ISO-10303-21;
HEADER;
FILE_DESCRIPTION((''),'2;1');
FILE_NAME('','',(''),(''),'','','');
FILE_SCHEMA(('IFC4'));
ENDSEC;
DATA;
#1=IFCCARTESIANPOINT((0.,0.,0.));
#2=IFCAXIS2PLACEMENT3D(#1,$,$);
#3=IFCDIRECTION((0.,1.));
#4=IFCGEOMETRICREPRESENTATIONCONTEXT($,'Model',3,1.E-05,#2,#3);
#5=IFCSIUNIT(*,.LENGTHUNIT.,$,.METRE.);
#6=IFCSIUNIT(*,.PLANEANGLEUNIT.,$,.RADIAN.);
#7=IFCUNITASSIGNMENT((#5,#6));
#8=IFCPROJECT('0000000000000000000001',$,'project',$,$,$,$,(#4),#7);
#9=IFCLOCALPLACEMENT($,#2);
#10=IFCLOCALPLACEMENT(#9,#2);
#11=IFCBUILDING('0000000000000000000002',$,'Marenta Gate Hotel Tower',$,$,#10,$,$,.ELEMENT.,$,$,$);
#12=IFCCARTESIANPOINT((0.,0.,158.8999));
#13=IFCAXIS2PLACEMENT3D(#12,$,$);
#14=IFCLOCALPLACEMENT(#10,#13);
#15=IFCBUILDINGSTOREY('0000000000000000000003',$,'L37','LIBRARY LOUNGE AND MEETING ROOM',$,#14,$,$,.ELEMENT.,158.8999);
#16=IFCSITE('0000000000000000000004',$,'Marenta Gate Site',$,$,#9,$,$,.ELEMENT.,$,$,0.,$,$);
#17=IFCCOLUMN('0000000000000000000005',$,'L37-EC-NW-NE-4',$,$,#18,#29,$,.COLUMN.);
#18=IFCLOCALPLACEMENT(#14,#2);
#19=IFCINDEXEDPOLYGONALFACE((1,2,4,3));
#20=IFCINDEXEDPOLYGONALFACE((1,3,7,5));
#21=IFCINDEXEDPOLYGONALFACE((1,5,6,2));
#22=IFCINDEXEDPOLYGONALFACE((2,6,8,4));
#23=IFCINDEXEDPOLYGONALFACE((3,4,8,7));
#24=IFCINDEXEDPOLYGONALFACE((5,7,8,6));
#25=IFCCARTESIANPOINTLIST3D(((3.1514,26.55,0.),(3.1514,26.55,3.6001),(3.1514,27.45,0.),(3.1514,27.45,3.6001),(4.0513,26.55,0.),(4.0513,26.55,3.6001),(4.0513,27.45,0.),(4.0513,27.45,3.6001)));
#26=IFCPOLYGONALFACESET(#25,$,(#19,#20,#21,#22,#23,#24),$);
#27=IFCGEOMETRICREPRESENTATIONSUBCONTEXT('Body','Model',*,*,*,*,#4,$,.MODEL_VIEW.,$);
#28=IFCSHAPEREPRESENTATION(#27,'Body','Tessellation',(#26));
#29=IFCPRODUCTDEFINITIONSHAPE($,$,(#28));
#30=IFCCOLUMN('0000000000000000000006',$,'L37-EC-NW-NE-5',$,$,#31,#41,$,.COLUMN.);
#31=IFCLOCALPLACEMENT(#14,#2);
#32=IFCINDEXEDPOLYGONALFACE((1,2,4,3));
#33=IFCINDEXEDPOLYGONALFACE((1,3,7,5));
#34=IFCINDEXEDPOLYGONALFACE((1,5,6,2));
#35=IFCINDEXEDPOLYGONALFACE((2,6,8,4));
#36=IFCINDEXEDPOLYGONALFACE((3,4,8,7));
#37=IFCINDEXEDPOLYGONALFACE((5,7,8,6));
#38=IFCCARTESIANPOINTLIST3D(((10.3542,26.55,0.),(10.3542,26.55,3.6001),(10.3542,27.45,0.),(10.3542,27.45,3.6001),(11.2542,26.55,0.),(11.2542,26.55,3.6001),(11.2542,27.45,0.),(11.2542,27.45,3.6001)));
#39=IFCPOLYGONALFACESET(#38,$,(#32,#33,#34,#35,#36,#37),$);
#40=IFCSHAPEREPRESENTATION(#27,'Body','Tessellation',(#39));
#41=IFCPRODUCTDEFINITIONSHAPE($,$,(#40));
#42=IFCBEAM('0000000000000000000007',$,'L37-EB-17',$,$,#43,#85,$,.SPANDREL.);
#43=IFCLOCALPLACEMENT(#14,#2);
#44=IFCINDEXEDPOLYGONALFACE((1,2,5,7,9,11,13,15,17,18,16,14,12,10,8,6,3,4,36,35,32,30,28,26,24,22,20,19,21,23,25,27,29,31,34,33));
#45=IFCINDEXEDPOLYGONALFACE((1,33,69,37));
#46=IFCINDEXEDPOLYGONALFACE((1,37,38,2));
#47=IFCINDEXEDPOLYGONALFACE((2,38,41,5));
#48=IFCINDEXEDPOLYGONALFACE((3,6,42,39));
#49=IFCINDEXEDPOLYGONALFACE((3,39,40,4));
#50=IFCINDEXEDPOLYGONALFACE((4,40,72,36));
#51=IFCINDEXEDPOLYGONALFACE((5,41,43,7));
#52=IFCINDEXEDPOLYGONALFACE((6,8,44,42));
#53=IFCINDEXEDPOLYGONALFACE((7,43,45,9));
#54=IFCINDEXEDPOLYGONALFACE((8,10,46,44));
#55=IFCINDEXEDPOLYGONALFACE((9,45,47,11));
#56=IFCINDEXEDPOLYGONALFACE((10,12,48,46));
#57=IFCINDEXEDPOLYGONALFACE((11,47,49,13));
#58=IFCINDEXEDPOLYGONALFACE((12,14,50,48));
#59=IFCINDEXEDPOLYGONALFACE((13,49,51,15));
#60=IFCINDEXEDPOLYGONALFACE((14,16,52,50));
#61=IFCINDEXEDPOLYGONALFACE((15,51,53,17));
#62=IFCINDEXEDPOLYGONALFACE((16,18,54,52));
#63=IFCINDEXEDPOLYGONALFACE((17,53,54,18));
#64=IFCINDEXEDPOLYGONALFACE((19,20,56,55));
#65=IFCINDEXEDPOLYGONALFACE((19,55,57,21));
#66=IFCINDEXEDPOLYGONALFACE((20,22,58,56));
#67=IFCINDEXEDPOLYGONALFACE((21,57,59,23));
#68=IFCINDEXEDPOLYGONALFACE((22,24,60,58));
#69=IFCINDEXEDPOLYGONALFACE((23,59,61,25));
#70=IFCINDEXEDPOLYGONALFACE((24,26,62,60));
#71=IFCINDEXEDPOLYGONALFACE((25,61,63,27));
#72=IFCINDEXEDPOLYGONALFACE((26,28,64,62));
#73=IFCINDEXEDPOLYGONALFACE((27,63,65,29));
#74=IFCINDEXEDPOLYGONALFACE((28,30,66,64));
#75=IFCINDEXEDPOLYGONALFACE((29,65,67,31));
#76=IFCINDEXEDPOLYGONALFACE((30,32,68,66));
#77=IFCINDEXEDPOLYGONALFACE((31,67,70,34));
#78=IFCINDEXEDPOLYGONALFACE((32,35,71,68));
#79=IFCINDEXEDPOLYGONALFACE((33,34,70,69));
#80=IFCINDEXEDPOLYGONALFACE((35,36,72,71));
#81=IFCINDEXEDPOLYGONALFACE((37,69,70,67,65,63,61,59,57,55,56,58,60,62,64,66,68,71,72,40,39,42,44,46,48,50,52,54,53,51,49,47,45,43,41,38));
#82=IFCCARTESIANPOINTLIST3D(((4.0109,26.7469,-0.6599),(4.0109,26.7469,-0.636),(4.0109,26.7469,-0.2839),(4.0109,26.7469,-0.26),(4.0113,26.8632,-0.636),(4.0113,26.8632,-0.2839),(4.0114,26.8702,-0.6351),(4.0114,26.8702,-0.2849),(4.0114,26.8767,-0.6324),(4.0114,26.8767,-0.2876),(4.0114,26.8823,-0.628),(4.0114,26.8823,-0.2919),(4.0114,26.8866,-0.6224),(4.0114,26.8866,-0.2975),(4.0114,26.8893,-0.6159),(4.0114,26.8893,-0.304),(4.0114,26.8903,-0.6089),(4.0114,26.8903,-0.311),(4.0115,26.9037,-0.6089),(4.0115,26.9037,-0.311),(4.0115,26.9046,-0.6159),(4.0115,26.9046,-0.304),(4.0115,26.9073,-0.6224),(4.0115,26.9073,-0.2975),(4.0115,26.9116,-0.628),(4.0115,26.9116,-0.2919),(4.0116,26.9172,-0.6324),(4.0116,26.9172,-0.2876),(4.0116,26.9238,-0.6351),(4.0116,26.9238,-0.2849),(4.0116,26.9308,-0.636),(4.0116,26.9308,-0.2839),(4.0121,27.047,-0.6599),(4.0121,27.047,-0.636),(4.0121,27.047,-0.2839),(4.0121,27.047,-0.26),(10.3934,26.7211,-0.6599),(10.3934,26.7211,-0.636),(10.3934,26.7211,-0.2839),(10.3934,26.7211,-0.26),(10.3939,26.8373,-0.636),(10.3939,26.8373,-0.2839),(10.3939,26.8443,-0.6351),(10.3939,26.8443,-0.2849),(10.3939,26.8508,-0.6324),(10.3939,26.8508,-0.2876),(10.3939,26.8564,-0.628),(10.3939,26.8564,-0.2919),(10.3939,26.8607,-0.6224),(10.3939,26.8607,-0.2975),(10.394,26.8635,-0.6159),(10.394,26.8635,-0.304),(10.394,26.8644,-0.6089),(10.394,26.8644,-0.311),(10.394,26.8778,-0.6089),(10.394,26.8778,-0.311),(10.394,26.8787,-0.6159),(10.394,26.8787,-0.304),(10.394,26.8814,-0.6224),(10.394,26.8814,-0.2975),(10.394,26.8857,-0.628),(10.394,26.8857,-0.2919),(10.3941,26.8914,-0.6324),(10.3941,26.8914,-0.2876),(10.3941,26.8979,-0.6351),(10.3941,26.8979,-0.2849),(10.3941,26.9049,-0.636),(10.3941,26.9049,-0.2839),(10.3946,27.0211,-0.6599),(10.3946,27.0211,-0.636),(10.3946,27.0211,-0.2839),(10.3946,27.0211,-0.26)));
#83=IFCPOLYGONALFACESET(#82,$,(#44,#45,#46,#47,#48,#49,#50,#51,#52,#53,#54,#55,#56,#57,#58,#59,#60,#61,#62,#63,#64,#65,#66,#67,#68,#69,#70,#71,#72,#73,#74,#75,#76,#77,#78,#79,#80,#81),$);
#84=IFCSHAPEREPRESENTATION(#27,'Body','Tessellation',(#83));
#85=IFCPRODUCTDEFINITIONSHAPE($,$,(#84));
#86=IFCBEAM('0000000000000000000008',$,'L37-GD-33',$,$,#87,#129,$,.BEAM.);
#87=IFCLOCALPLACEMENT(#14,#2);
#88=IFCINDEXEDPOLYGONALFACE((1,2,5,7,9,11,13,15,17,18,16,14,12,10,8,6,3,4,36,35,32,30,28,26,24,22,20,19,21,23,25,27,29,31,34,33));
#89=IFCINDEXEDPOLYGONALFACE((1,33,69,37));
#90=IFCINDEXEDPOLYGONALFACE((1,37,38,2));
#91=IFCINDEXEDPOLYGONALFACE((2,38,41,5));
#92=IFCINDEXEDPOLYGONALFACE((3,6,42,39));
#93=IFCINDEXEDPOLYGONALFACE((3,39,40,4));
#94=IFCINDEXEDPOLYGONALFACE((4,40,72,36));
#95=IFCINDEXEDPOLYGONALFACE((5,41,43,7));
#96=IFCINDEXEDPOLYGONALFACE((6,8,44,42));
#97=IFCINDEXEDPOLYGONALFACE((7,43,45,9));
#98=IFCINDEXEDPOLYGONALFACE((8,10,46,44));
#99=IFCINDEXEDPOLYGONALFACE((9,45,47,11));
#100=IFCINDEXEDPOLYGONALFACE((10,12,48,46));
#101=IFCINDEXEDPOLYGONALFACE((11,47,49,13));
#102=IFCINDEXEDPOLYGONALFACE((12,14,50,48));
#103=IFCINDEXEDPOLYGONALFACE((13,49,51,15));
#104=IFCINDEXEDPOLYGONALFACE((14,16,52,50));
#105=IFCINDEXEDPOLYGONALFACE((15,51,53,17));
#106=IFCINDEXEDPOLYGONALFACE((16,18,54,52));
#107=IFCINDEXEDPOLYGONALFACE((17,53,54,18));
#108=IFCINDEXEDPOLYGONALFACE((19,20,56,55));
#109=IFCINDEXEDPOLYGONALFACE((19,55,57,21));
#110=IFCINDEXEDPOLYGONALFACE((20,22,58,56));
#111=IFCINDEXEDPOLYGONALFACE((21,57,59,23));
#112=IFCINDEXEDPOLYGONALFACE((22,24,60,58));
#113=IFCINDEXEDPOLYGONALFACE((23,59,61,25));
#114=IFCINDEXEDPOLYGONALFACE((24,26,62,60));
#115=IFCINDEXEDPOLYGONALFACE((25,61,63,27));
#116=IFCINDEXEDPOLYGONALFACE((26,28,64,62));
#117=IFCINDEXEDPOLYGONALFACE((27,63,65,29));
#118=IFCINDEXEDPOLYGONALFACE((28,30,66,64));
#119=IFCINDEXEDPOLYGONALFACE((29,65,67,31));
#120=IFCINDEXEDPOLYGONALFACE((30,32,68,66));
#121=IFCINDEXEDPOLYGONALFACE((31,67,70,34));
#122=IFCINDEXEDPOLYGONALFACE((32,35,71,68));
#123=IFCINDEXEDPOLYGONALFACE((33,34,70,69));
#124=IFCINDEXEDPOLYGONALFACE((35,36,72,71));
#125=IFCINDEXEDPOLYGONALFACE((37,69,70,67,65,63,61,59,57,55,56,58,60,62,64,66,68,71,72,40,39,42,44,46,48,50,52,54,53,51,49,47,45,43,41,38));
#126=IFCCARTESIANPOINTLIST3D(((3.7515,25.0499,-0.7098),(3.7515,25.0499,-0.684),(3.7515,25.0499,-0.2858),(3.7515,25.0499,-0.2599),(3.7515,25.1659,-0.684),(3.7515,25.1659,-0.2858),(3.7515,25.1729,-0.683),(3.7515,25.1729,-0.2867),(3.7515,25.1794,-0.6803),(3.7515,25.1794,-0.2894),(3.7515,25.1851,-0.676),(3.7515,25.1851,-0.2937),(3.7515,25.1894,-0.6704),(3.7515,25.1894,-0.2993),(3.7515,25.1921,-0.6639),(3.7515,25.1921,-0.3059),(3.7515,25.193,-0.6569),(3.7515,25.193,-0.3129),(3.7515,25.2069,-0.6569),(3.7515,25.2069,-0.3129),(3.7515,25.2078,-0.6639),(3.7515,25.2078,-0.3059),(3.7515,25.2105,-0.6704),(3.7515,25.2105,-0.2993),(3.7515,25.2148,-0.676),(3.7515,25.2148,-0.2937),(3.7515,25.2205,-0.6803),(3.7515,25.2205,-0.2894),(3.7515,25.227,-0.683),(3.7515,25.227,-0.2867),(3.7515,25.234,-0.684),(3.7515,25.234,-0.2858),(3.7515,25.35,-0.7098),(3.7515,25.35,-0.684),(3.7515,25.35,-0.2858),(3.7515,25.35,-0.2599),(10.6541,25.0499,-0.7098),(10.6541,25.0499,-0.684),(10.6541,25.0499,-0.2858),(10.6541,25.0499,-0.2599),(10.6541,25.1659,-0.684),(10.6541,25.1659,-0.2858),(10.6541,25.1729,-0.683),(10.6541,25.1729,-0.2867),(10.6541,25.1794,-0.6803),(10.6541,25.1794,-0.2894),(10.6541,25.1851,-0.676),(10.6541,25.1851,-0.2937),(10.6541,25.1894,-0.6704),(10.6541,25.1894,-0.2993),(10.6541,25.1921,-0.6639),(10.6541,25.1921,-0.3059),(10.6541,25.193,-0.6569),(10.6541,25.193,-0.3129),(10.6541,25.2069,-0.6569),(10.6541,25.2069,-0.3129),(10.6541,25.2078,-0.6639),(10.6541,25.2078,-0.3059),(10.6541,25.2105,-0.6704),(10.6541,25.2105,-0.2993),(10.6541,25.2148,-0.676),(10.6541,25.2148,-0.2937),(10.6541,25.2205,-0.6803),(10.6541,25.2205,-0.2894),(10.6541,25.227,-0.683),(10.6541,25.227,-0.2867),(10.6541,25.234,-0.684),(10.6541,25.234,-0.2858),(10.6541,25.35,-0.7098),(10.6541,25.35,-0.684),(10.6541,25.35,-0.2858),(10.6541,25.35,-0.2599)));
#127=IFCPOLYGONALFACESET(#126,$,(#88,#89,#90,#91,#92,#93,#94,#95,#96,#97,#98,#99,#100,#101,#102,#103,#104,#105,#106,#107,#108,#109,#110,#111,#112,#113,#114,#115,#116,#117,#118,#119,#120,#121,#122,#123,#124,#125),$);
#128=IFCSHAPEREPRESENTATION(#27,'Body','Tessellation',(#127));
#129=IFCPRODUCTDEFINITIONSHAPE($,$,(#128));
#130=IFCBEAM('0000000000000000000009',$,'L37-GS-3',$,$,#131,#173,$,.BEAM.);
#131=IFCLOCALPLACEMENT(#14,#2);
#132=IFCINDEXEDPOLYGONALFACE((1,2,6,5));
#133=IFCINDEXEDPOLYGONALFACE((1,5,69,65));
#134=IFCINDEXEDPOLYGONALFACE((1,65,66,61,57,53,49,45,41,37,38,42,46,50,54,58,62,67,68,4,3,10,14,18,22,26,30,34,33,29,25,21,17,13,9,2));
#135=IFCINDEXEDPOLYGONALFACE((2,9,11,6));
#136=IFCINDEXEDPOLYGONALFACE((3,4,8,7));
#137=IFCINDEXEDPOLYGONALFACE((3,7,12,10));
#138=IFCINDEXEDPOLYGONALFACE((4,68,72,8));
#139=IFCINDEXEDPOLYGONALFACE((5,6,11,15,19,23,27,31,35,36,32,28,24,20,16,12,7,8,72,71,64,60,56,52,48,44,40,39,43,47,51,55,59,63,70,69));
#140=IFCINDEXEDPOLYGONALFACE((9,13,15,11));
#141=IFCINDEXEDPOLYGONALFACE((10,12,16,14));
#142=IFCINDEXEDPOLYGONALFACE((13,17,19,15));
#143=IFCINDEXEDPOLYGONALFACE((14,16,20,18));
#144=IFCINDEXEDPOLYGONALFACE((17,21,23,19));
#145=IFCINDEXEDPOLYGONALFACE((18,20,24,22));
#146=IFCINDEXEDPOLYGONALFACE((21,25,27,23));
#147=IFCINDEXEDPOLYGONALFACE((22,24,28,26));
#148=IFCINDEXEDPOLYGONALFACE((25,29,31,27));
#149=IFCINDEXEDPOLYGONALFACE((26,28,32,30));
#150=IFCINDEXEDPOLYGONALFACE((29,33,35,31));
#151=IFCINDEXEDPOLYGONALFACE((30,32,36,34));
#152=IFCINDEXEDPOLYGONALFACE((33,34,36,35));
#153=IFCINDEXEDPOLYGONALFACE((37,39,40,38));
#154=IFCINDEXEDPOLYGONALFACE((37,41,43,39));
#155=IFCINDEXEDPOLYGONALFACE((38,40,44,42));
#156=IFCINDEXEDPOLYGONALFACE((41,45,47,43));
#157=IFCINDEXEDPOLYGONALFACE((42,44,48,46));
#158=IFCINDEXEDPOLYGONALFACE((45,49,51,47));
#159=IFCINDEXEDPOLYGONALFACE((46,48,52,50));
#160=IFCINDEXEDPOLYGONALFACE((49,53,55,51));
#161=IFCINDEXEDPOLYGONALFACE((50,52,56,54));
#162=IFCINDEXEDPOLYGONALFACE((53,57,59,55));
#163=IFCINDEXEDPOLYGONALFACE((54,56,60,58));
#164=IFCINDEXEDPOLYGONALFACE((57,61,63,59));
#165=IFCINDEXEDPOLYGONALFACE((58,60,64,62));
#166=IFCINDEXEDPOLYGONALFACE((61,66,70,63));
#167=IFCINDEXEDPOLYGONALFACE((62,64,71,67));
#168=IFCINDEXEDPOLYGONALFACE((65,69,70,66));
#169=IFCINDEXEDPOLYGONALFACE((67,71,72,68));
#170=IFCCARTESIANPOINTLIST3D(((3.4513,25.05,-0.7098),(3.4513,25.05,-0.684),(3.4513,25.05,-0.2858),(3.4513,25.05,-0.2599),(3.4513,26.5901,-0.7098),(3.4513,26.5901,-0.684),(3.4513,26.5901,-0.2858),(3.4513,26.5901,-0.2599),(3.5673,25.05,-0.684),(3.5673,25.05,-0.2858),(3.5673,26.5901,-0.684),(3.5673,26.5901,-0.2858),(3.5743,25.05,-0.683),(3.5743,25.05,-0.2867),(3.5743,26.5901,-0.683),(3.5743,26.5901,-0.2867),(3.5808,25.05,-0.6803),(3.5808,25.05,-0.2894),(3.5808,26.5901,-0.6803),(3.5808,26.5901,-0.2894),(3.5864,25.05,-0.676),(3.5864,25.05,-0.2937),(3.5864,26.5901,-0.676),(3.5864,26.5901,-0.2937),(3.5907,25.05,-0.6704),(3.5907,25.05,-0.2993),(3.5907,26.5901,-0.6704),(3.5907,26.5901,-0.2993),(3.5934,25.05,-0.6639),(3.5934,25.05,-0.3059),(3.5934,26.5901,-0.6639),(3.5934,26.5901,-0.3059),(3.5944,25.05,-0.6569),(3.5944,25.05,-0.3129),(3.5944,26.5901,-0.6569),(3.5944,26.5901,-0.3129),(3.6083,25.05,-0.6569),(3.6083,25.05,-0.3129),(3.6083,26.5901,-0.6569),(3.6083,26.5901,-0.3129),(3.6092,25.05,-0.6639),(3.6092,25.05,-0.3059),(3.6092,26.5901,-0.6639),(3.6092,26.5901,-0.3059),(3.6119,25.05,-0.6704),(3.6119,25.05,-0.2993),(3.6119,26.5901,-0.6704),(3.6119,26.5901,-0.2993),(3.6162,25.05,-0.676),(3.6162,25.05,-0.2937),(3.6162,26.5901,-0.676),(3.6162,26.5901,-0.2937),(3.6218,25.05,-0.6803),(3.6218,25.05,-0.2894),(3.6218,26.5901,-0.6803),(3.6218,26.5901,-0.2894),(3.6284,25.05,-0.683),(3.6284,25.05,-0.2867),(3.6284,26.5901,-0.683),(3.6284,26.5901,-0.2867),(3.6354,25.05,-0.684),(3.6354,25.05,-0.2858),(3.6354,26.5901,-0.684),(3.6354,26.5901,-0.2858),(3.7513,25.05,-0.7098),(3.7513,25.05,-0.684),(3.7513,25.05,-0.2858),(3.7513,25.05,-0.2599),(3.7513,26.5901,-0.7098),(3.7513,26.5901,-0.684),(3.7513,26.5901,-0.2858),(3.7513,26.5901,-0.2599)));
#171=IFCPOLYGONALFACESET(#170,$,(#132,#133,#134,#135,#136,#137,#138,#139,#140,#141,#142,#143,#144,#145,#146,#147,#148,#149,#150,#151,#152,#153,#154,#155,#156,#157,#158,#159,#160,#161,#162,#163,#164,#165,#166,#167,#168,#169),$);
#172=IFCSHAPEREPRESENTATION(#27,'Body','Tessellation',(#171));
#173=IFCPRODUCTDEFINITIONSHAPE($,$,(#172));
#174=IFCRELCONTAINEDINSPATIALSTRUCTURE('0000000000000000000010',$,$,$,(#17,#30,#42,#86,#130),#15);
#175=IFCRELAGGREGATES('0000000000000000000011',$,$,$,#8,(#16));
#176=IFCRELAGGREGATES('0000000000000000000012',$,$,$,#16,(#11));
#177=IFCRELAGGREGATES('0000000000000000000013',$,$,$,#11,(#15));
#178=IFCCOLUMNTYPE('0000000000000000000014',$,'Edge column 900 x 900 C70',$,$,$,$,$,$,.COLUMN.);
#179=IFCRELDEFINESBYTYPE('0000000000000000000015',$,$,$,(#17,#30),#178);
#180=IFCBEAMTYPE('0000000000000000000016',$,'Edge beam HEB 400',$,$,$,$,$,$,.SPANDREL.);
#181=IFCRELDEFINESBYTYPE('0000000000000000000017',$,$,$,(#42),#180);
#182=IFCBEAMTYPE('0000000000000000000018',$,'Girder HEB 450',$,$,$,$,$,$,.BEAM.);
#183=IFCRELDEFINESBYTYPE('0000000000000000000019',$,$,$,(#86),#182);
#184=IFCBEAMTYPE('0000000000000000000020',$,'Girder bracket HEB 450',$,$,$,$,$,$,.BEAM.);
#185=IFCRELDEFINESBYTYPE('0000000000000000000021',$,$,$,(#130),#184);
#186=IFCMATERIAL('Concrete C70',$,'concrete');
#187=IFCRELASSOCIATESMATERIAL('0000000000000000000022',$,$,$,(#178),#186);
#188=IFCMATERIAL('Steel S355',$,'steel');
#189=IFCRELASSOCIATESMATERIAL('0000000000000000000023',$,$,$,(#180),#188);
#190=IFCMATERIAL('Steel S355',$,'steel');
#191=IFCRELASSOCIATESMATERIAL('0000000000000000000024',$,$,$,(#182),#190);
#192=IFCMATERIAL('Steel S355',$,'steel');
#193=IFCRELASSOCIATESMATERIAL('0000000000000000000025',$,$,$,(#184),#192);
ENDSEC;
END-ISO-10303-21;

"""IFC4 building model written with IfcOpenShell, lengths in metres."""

from ifc_helpers import new_model, si_unit, direction, frame, origin, origin_2d, place, context, subcontext, project, spatial, rectangle, i_section, extrude, material, material_profile, profile_set, type_object, element, save


model = new_model("IFC4")

# Units and contexts
model_context = context("Model", 3, precision=1e-05, world=origin(), true_north=direction((0.0, 1.0)))
body_context = subcontext(model_context, "Body", "Model", "MODEL_VIEW")
ifc_project = project(units=[si_unit("LENGTHUNIT", "METRE"), si_unit("PLANEANGLEUNIT", "RADIAN")], contexts=[model_context])

# Site, building, storey
site_placement = place(None, origin())
site = spatial("IfcSite", under=ifc_project, at=site_placement, Name="Marenta Gate Site", CompositionType="ELEMENT", RefElevation=0.0)
building_placement = place(site_placement, origin())
building = spatial("IfcBuilding", under=site, at=building_placement, Name="Marenta Gate Hotel Tower", CompositionType="ELEMENT")
storey_placement = place(building_placement, frame((0.0, 0.0, 158.8999)))
storey = spatial("IfcBuildingStorey", under=building, at=storey_placement, Name="L37", Description="LIBRARY LOUNGE AND MEETING ROOM", CompositionType="ELEMENT", Elevation=158.8999)

# Columns
ifc_material_1 = material(Name="Concrete C70", Category="concrete")
ifc_material_profile_1 = material_profile(ifc_material_1, rectangle(XDim=0.8999, YDim=0.8999, at=origin_2d()), Name="900 x 900")
ifc_profile_set_1 = profile_set([ifc_material_profile_1], Name="Concrete C70")
column_type = type_object("IfcColumnType", Name="Edge column 900 x 900 C70", PredefinedType="COLUMN", material=ifc_profile_set_1)
for number, where, z_axis, x_axis, name in (
    (1, (3.6013, 27.0, 0.0), (0.0, 0.0, 1.0), (1.0, 0.0, 0.0), "L37-EC-NW-NE-4"),
    (2, (10.8042, 27.0, 0.0), (0.0, 0.0, 1.0), (1.0, 0.0, 0.0), "L37-EC-NW-NE-5"),
):
    element("IfcColumn", number, at=place(storey_placement, frame(where, z_axis=z_axis, x_axis=x_axis)), inside=storey, type_object=column_type, Name=name, PredefinedType="COLUMN", context=body_context, shape_type="SweptSolid", body=[
        extrude(rectangle(XDim=0.8999, YDim=0.8999, at=origin_2d()), origin(), (0.0, 0.0, 1.0), 3.6001),
    ])

# Beams
ifc_material_2 = material(Name="Steel S355", Category="steel")
ifc_material_profile_2 = material_profile(ifc_material_2, i_section(OverallWidth=0.3, OverallDepth=0.3999, WebThickness=0.0134, FlangeThickness=0.0239, FilletRadius=0.0271, at=origin_2d()), Name="HEB 400")
ifc_profile_set_2 = profile_set([ifc_material_profile_2], Name="Steel S355")
beam_type_1 = type_object("IfcBeamType", Name="Edge beam HEB 400", PredefinedType="SPANDREL", material=ifc_profile_set_2)
beam_1_placement = place(storey_placement, frame((4.0115, 26.897, -0.46), z_axis=(0.999992, -0.004055, 0.0), x_axis=(0.004055, 0.999992, 0.0)))
element("IfcBeam", 3, at=beam_1_placement, inside=storey, type_object=beam_type_1, Name="L37-EB-17", PredefinedType="SPANDREL", context=body_context, shape_type="SweptSolid", body=[
    extrude(i_section(OverallWidth=0.3, OverallDepth=0.3999, WebThickness=0.0134, FlangeThickness=0.0239, FilletRadius=0.0271, at=origin_2d()), origin(), (0.0, 0.0, 1.0), 6.3826),
])
ifc_material_3 = material(Name="Steel S355", Category="steel")
ifc_material_profile_3 = material_profile(ifc_material_3, i_section(OverallWidth=0.3, OverallDepth=0.45, WebThickness=0.0139, FlangeThickness=0.0259, FilletRadius=0.0271, at=origin_2d()), Name="HEB 450")
ifc_profile_set_3 = profile_set([ifc_material_profile_3], Name="Steel S355")
beam_type_2 = type_object("IfcBeamType", Name="Girder HEB 450", PredefinedType="BEAM", material=ifc_profile_set_3)
beam_2_placement = place(storey_placement, frame((3.7515, 25.2, -0.4849), z_axis=(1.0, 0.0, 0.0), x_axis=(0.0, 1.0, 0.0)))
element("IfcBeam", 4, at=beam_2_placement, inside=storey, type_object=beam_type_2, Name="L37-GD-33", PredefinedType="BEAM", context=body_context, shape_type="SweptSolid", body=[
    extrude(i_section(OverallWidth=0.3, OverallDepth=0.45, WebThickness=0.0139, FlangeThickness=0.0259, FilletRadius=0.0271, at=origin_2d()), origin(), (0.0, 0.0, 1.0), 6.9026),
])
ifc_material_4 = material(Name="Steel S355", Category="steel")
ifc_material_profile_4 = material_profile(ifc_material_4, i_section(OverallWidth=0.3, OverallDepth=0.45, WebThickness=0.0139, FlangeThickness=0.0259, FilletRadius=0.0271, at=origin_2d()), Name="HEB 450")
ifc_profile_set_4 = profile_set([ifc_material_profile_4], Name="Steel S355")
beam_type_3 = type_object("IfcBeamType", Name="Girder bracket HEB 450", PredefinedType="BEAM", material=ifc_profile_set_4)
for number, where, z_axis, x_axis, name in (
    (5, (3.6013, 25.05, -0.4849), (0.0, 1.0, 0.0), (-1.0, 0.0, 0.0), "L37-GS-3"),
):
    element("IfcBeam", number, at=place(storey_placement, frame(where, z_axis=z_axis, x_axis=x_axis)), inside=storey, type_object=beam_type_3, Name=name, PredefinedType="BEAM", context=body_context, shape_type="SweptSolid", body=[
        extrude(i_section(OverallWidth=0.3, OverallDepth=0.45, WebThickness=0.0139, FlangeThickness=0.0259, FilletRadius=0.0271, at=origin_2d()), origin(), (0.0, 0.0, 1.0), 1.54),
    ])

save(model, "model.ifc")
